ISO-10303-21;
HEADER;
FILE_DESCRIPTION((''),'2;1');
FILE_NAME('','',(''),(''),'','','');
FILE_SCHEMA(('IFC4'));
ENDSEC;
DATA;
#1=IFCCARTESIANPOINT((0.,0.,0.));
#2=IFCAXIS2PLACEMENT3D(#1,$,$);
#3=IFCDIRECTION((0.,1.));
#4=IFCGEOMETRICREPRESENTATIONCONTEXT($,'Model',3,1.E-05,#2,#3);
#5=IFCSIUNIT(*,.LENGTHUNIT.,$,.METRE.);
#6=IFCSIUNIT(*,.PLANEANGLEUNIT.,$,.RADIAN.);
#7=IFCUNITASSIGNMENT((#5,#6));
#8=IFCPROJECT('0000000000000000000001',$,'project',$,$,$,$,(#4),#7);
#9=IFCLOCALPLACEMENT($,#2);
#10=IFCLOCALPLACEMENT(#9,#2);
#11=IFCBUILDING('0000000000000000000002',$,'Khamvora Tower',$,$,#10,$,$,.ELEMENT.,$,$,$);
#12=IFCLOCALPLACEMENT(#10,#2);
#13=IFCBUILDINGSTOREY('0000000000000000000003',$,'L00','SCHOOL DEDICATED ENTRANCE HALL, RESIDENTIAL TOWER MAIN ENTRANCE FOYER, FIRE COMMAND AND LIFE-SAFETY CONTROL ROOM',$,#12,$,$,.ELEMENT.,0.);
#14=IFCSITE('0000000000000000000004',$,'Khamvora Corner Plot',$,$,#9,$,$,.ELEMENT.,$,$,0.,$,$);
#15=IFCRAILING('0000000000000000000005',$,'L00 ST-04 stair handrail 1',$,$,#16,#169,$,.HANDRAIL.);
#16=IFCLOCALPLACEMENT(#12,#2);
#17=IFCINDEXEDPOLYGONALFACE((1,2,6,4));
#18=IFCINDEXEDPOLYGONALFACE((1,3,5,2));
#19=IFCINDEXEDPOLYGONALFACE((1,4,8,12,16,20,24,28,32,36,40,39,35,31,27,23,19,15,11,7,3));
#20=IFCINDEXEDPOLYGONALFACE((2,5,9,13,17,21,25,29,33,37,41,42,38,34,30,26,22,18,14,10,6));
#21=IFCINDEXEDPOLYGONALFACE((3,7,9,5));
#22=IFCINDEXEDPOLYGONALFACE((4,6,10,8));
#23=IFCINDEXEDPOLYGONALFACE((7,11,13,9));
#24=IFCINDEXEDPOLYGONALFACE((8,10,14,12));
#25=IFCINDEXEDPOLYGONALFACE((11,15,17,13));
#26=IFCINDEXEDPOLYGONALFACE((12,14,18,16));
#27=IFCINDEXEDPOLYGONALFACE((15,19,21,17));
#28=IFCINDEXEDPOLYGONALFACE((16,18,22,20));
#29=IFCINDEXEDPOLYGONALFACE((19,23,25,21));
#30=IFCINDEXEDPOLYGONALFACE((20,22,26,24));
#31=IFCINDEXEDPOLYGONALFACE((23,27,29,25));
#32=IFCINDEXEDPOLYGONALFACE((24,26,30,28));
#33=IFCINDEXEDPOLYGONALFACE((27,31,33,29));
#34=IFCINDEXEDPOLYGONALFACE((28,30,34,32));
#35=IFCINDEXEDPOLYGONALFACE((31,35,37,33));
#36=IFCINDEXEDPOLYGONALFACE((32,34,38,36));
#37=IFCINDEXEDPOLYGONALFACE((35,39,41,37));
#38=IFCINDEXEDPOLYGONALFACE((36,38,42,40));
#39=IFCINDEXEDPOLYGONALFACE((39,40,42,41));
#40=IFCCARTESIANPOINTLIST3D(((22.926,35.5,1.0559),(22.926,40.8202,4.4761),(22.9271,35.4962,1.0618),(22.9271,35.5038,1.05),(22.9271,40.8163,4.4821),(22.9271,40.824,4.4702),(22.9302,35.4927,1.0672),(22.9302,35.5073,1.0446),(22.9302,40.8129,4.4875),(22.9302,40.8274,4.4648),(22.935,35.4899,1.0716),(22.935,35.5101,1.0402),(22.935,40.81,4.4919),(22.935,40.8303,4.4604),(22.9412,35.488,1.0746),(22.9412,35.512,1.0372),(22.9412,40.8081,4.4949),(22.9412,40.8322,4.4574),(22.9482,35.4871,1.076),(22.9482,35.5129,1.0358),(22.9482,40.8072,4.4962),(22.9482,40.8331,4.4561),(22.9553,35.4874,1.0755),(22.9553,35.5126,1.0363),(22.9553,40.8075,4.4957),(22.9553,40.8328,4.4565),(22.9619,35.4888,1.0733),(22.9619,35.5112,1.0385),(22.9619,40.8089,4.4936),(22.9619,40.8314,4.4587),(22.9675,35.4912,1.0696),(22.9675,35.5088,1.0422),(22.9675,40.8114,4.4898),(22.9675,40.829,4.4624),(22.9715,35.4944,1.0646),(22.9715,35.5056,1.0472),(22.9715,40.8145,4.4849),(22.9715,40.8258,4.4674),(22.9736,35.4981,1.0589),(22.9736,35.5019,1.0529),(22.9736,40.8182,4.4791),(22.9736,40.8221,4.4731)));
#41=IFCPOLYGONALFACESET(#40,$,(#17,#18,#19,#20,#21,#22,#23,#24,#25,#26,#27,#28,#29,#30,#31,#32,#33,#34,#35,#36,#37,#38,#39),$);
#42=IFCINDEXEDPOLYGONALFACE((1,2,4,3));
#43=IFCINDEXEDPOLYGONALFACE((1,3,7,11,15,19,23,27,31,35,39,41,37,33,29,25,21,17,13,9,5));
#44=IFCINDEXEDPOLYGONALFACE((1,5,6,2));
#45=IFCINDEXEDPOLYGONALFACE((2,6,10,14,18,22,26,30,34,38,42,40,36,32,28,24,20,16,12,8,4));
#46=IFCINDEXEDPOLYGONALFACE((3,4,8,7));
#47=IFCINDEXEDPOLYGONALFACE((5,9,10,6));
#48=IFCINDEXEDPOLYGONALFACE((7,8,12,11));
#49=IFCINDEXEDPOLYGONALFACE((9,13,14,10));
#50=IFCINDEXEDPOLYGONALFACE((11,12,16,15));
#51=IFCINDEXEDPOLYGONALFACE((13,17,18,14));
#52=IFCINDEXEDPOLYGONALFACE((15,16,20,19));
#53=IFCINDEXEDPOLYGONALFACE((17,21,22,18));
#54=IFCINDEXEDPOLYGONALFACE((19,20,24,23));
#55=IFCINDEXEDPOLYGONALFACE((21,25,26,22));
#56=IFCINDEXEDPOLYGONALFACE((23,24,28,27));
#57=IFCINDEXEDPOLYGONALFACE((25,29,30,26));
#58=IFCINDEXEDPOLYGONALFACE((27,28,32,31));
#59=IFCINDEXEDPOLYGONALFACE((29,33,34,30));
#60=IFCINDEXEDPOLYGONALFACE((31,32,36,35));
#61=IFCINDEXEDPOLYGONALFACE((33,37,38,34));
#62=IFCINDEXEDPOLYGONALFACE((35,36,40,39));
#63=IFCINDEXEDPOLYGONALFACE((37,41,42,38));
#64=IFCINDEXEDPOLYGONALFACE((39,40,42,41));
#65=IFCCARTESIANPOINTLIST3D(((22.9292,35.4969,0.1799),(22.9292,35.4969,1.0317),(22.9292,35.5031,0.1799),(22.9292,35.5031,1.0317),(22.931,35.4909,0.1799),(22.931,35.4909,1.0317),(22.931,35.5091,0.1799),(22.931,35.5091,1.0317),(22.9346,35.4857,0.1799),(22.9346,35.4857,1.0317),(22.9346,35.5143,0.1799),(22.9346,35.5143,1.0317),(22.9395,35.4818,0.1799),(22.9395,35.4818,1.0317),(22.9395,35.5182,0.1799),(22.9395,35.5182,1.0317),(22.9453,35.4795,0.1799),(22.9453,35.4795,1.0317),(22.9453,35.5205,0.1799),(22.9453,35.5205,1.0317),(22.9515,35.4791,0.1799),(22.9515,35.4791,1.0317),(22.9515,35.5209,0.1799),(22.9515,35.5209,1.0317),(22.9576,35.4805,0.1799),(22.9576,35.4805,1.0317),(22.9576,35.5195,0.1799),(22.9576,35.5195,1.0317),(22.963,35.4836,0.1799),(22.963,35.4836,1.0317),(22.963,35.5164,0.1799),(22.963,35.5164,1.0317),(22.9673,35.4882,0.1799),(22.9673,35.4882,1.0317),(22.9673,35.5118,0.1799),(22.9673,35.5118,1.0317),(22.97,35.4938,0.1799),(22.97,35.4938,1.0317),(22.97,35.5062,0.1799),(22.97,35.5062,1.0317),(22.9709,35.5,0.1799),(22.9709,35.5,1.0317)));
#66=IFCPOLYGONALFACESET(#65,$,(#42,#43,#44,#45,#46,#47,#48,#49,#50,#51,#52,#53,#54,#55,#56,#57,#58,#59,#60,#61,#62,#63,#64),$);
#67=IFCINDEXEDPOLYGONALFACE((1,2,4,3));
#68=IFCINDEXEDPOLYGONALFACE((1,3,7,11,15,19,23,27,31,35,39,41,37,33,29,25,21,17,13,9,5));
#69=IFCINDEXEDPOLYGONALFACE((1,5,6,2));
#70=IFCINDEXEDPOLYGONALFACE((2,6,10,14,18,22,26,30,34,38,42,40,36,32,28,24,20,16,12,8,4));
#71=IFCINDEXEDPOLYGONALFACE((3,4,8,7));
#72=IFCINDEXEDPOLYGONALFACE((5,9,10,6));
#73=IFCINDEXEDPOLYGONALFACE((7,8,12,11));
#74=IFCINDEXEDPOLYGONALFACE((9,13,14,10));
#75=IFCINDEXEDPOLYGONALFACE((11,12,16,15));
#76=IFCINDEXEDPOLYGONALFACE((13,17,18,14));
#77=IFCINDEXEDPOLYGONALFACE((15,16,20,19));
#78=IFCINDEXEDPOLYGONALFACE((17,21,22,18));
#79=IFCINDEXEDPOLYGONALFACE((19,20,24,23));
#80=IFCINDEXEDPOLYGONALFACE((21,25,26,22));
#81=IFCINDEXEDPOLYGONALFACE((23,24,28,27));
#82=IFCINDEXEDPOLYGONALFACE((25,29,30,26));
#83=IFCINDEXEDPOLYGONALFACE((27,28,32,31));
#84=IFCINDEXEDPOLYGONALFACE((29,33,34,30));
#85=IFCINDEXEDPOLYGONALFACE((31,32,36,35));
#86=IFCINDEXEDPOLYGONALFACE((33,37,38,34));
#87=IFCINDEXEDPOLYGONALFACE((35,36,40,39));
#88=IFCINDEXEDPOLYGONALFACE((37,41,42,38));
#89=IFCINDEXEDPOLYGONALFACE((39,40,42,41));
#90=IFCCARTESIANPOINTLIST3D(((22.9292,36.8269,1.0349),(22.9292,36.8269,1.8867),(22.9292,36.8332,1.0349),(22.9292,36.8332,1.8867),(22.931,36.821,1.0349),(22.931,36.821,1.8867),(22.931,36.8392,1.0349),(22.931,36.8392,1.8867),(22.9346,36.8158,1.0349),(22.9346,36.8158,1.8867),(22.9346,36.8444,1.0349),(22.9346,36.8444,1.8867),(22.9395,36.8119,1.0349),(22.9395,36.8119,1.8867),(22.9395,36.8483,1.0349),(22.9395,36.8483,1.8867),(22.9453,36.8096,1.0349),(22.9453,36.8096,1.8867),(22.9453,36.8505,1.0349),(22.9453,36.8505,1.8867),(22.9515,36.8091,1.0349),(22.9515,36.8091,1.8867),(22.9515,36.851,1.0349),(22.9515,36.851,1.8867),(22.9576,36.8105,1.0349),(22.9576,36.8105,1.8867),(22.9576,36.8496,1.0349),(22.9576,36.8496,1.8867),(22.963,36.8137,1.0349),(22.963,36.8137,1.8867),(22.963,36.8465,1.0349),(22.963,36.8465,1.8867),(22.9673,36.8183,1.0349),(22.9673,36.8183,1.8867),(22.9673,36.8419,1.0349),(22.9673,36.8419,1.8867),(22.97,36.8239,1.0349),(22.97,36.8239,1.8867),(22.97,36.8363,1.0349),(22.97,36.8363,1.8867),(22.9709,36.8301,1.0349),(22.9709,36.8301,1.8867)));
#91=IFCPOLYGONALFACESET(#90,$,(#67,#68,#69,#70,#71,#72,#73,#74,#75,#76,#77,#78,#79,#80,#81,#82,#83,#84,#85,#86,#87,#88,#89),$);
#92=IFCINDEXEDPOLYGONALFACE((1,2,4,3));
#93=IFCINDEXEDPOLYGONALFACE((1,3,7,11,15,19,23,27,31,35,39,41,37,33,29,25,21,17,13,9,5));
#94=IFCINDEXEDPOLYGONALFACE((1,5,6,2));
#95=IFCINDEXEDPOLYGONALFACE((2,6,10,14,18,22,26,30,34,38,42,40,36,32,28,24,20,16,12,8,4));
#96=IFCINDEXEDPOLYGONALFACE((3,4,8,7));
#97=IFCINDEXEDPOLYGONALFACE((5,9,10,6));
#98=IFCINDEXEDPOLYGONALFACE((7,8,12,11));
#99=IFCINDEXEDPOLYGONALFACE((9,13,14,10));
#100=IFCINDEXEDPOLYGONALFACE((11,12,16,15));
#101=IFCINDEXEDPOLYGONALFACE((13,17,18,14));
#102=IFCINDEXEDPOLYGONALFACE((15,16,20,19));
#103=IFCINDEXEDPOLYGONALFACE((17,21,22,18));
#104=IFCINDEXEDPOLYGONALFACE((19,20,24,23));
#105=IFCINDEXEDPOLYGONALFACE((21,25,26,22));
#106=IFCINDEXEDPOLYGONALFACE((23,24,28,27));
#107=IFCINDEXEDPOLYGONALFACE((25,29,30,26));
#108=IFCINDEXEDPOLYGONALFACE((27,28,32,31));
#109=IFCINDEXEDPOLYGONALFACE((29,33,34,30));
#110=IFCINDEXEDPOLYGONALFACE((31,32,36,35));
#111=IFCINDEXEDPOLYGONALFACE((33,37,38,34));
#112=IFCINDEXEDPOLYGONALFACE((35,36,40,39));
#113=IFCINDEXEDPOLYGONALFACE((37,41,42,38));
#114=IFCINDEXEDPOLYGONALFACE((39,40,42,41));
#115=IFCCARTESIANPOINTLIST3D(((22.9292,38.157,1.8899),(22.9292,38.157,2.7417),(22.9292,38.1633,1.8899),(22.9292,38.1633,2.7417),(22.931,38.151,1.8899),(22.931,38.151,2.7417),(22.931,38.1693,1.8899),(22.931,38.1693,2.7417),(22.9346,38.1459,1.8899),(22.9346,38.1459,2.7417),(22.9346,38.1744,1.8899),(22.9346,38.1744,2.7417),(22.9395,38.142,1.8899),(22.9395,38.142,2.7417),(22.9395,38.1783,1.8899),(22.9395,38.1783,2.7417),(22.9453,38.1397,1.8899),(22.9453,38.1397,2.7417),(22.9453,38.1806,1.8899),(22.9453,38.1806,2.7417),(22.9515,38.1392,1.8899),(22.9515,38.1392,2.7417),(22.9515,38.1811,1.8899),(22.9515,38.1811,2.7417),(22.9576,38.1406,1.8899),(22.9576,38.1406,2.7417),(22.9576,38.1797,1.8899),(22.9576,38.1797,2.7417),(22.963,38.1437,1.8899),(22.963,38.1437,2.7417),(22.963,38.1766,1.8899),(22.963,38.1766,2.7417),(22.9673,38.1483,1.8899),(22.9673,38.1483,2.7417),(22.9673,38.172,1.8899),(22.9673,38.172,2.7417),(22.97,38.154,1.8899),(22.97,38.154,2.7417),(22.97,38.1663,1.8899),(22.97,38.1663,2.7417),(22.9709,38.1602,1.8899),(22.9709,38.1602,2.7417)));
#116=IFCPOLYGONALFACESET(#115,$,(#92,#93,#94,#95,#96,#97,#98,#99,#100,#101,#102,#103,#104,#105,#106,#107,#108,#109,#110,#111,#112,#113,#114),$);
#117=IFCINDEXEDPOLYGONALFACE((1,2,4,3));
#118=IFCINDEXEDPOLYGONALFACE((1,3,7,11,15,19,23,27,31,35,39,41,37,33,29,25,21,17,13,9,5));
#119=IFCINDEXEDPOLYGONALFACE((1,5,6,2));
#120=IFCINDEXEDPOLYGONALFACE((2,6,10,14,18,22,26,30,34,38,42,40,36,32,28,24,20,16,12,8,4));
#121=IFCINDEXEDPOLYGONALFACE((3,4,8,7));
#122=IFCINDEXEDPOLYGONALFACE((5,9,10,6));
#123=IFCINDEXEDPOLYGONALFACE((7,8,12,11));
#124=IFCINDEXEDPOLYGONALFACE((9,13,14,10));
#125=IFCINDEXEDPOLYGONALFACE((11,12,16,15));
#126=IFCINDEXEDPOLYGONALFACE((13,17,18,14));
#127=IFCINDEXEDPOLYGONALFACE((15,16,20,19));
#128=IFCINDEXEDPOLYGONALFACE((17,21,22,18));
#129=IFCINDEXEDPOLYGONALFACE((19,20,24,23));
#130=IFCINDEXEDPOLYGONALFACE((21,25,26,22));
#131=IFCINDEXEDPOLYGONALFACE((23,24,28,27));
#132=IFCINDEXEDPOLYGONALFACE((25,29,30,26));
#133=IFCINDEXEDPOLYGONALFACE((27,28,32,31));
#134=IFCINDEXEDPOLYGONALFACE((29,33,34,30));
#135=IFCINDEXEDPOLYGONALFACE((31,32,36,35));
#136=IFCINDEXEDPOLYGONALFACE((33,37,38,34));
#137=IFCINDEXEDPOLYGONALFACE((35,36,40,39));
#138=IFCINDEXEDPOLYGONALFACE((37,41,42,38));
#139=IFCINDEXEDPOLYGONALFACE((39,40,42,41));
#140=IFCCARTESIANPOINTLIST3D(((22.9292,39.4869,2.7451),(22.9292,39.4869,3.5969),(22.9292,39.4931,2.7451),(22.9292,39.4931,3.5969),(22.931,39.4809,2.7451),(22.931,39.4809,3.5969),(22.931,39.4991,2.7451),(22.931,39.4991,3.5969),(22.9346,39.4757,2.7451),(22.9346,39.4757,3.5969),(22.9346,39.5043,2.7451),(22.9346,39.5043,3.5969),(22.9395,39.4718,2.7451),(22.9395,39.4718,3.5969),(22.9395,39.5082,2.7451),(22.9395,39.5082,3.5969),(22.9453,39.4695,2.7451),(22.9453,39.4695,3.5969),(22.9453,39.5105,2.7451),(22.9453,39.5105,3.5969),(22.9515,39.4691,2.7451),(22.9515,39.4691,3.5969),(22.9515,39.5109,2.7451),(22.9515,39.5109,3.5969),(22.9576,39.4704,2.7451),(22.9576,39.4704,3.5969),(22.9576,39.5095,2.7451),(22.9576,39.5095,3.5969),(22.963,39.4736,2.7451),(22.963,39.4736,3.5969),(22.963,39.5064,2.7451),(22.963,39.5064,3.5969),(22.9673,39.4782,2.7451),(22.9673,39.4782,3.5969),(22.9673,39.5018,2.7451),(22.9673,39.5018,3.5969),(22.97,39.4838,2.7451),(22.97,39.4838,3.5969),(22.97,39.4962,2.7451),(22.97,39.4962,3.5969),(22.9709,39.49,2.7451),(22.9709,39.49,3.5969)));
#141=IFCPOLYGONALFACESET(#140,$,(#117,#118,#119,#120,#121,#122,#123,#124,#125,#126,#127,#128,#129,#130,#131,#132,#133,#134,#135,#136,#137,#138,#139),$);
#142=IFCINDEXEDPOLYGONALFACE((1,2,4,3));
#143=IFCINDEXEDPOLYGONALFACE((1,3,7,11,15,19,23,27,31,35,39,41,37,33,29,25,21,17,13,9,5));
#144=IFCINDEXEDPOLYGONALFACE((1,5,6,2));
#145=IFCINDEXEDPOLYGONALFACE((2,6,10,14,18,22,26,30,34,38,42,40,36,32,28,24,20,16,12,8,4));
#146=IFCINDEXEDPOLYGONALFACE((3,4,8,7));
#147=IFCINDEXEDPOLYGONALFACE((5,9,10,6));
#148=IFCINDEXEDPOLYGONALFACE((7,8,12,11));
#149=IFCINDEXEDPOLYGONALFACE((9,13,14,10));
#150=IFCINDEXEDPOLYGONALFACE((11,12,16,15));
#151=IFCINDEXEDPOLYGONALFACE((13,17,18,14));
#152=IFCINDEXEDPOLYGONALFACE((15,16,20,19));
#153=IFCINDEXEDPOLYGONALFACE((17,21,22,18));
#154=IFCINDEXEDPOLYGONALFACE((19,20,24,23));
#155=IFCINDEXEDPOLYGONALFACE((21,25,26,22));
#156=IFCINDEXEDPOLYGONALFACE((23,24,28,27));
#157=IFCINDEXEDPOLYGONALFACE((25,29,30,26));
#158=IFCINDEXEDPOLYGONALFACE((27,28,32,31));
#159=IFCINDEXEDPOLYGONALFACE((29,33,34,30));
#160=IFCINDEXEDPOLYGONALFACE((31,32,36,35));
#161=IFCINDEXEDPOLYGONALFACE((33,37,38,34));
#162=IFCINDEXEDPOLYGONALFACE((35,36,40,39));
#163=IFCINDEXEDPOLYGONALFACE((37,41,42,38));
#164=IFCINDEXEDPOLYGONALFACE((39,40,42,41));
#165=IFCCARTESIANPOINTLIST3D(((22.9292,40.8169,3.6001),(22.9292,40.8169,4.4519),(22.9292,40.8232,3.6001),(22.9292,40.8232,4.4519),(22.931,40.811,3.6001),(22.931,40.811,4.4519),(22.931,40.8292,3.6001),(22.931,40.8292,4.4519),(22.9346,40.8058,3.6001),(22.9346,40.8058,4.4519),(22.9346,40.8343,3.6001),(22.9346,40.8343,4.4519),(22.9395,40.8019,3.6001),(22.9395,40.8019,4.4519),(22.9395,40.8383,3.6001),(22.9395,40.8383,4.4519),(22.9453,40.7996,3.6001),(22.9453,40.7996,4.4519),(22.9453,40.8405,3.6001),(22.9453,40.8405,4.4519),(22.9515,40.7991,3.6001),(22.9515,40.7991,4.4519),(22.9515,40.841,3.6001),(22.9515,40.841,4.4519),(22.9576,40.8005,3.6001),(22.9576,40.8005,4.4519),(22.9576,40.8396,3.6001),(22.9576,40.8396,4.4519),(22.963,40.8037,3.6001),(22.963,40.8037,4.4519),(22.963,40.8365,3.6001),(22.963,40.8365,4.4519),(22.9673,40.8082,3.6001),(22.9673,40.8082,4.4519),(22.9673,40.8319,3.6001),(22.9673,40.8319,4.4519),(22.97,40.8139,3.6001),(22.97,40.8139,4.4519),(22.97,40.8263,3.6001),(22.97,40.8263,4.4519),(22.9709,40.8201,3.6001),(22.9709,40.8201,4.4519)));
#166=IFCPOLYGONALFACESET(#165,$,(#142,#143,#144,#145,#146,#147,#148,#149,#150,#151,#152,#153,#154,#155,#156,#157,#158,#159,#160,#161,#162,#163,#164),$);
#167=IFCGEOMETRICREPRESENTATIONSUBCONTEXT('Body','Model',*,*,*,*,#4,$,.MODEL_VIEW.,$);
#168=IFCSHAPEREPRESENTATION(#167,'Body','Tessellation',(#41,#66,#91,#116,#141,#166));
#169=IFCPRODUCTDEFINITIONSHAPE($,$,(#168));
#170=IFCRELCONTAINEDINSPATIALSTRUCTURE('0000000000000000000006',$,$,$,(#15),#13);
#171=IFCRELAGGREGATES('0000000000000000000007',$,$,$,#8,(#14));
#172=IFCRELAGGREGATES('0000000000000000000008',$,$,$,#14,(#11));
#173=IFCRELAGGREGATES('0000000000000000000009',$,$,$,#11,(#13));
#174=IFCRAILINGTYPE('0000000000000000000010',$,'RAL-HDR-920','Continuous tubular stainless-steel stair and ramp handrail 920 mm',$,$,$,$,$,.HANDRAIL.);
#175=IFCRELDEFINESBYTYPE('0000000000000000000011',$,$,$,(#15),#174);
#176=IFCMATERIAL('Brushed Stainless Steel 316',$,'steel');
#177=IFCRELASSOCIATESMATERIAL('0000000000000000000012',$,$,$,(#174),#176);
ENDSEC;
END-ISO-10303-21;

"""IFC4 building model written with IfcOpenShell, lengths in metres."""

from ifc_helpers import new_model, si_unit, direction, frame, origin, origin_2d, place, context, subcontext, project, spatial, circle, extrude, material, type_object, element, save


model = new_model("IFC4")

# Units and contexts
model_context = context("Model", 3, precision=1e-05, world=origin(), true_north=direction((0.0, 1.0)))
body_context = subcontext(model_context, "Body", "Model", "MODEL_VIEW")
ifc_project = project(units=[si_unit("LENGTHUNIT", "METRE"), si_unit("PLANEANGLEUNIT", "RADIAN")], contexts=[model_context])

# Site, building, storey
site_placement = place(None, origin())
site = spatial("IfcSite", under=ifc_project, at=site_placement, Name="Khamvora Corner Plot", CompositionType="ELEMENT", RefElevation=0.0)
building_placement = place(site_placement, origin())
building = spatial("IfcBuilding", under=site, at=building_placement, Name="Khamvora Tower", CompositionType="ELEMENT")
storey_placement = place(building_placement, origin())
storey = spatial("IfcBuildingStorey", under=building, at=storey_placement, Name="L00", Description="SCHOOL DEDICATED ENTRANCE HALL, RESIDENTIAL TOWER MAIN ENTRANCE FOYER, FIRE COMMAND AND LIFE-SAFETY CONTROL ROOM", CompositionType="ELEMENT", Elevation=0.0)

# Railing
ifc_material_1 = material(Name="Brushed Stainless Steel 316", Category="steel")
railing_type_1 = type_object("IfcRailingType", Name="RAL-HDR-920", Description="Continuous tubular stainless-steel stair and ramp handrail 920 mm", PredefinedType="HANDRAIL", material=ifc_material_1)
railing_1_placement = place(storey_placement, frame((22.95, 35.5, 0.1799)))
element("IfcRailing", 1, at=railing_1_placement, inside=storey, type_object=railing_type_1, Name="L00 ST-04 stair handrail 1", PredefinedType="HANDRAIL", context=body_context, shape_type="SweptSolid", body=[
    extrude(circle(Radius=0.0239, at=origin_2d()), frame((0.0, 0.0, 0.876), z_axis=(0.0, 0.84117, 0.540771), x_axis=(-1.0, 0.0, 0.0)), (0.0, 0.0, 1.0), 6.3247),
    extrude(circle(Radius=0.021, at=origin_2d()), origin(), (0.0, 0.0, 1.0), 0.8518),
    extrude(circle(Radius=0.021, at=origin_2d()), frame((0.0, 1.3301, 0.855)), (0.0, 0.0, 1.0), 0.8518),
    extrude(circle(Radius=0.021, at=origin_2d()), frame((0.0, 2.6602, 1.71)), (0.0, 0.0, 1.0), 0.8518),
    extrude(circle(Radius=0.021, at=origin_2d()), frame((0.0, 3.99, 2.5652)), (0.0, 0.0, 1.0), 0.8518),
    extrude(circle(Radius=0.021, at=origin_2d()), frame((0.0, 5.3201, 3.4202)), (0.0, 0.0, 1.0), 0.8518),
])

save(model, "model.ifc")
